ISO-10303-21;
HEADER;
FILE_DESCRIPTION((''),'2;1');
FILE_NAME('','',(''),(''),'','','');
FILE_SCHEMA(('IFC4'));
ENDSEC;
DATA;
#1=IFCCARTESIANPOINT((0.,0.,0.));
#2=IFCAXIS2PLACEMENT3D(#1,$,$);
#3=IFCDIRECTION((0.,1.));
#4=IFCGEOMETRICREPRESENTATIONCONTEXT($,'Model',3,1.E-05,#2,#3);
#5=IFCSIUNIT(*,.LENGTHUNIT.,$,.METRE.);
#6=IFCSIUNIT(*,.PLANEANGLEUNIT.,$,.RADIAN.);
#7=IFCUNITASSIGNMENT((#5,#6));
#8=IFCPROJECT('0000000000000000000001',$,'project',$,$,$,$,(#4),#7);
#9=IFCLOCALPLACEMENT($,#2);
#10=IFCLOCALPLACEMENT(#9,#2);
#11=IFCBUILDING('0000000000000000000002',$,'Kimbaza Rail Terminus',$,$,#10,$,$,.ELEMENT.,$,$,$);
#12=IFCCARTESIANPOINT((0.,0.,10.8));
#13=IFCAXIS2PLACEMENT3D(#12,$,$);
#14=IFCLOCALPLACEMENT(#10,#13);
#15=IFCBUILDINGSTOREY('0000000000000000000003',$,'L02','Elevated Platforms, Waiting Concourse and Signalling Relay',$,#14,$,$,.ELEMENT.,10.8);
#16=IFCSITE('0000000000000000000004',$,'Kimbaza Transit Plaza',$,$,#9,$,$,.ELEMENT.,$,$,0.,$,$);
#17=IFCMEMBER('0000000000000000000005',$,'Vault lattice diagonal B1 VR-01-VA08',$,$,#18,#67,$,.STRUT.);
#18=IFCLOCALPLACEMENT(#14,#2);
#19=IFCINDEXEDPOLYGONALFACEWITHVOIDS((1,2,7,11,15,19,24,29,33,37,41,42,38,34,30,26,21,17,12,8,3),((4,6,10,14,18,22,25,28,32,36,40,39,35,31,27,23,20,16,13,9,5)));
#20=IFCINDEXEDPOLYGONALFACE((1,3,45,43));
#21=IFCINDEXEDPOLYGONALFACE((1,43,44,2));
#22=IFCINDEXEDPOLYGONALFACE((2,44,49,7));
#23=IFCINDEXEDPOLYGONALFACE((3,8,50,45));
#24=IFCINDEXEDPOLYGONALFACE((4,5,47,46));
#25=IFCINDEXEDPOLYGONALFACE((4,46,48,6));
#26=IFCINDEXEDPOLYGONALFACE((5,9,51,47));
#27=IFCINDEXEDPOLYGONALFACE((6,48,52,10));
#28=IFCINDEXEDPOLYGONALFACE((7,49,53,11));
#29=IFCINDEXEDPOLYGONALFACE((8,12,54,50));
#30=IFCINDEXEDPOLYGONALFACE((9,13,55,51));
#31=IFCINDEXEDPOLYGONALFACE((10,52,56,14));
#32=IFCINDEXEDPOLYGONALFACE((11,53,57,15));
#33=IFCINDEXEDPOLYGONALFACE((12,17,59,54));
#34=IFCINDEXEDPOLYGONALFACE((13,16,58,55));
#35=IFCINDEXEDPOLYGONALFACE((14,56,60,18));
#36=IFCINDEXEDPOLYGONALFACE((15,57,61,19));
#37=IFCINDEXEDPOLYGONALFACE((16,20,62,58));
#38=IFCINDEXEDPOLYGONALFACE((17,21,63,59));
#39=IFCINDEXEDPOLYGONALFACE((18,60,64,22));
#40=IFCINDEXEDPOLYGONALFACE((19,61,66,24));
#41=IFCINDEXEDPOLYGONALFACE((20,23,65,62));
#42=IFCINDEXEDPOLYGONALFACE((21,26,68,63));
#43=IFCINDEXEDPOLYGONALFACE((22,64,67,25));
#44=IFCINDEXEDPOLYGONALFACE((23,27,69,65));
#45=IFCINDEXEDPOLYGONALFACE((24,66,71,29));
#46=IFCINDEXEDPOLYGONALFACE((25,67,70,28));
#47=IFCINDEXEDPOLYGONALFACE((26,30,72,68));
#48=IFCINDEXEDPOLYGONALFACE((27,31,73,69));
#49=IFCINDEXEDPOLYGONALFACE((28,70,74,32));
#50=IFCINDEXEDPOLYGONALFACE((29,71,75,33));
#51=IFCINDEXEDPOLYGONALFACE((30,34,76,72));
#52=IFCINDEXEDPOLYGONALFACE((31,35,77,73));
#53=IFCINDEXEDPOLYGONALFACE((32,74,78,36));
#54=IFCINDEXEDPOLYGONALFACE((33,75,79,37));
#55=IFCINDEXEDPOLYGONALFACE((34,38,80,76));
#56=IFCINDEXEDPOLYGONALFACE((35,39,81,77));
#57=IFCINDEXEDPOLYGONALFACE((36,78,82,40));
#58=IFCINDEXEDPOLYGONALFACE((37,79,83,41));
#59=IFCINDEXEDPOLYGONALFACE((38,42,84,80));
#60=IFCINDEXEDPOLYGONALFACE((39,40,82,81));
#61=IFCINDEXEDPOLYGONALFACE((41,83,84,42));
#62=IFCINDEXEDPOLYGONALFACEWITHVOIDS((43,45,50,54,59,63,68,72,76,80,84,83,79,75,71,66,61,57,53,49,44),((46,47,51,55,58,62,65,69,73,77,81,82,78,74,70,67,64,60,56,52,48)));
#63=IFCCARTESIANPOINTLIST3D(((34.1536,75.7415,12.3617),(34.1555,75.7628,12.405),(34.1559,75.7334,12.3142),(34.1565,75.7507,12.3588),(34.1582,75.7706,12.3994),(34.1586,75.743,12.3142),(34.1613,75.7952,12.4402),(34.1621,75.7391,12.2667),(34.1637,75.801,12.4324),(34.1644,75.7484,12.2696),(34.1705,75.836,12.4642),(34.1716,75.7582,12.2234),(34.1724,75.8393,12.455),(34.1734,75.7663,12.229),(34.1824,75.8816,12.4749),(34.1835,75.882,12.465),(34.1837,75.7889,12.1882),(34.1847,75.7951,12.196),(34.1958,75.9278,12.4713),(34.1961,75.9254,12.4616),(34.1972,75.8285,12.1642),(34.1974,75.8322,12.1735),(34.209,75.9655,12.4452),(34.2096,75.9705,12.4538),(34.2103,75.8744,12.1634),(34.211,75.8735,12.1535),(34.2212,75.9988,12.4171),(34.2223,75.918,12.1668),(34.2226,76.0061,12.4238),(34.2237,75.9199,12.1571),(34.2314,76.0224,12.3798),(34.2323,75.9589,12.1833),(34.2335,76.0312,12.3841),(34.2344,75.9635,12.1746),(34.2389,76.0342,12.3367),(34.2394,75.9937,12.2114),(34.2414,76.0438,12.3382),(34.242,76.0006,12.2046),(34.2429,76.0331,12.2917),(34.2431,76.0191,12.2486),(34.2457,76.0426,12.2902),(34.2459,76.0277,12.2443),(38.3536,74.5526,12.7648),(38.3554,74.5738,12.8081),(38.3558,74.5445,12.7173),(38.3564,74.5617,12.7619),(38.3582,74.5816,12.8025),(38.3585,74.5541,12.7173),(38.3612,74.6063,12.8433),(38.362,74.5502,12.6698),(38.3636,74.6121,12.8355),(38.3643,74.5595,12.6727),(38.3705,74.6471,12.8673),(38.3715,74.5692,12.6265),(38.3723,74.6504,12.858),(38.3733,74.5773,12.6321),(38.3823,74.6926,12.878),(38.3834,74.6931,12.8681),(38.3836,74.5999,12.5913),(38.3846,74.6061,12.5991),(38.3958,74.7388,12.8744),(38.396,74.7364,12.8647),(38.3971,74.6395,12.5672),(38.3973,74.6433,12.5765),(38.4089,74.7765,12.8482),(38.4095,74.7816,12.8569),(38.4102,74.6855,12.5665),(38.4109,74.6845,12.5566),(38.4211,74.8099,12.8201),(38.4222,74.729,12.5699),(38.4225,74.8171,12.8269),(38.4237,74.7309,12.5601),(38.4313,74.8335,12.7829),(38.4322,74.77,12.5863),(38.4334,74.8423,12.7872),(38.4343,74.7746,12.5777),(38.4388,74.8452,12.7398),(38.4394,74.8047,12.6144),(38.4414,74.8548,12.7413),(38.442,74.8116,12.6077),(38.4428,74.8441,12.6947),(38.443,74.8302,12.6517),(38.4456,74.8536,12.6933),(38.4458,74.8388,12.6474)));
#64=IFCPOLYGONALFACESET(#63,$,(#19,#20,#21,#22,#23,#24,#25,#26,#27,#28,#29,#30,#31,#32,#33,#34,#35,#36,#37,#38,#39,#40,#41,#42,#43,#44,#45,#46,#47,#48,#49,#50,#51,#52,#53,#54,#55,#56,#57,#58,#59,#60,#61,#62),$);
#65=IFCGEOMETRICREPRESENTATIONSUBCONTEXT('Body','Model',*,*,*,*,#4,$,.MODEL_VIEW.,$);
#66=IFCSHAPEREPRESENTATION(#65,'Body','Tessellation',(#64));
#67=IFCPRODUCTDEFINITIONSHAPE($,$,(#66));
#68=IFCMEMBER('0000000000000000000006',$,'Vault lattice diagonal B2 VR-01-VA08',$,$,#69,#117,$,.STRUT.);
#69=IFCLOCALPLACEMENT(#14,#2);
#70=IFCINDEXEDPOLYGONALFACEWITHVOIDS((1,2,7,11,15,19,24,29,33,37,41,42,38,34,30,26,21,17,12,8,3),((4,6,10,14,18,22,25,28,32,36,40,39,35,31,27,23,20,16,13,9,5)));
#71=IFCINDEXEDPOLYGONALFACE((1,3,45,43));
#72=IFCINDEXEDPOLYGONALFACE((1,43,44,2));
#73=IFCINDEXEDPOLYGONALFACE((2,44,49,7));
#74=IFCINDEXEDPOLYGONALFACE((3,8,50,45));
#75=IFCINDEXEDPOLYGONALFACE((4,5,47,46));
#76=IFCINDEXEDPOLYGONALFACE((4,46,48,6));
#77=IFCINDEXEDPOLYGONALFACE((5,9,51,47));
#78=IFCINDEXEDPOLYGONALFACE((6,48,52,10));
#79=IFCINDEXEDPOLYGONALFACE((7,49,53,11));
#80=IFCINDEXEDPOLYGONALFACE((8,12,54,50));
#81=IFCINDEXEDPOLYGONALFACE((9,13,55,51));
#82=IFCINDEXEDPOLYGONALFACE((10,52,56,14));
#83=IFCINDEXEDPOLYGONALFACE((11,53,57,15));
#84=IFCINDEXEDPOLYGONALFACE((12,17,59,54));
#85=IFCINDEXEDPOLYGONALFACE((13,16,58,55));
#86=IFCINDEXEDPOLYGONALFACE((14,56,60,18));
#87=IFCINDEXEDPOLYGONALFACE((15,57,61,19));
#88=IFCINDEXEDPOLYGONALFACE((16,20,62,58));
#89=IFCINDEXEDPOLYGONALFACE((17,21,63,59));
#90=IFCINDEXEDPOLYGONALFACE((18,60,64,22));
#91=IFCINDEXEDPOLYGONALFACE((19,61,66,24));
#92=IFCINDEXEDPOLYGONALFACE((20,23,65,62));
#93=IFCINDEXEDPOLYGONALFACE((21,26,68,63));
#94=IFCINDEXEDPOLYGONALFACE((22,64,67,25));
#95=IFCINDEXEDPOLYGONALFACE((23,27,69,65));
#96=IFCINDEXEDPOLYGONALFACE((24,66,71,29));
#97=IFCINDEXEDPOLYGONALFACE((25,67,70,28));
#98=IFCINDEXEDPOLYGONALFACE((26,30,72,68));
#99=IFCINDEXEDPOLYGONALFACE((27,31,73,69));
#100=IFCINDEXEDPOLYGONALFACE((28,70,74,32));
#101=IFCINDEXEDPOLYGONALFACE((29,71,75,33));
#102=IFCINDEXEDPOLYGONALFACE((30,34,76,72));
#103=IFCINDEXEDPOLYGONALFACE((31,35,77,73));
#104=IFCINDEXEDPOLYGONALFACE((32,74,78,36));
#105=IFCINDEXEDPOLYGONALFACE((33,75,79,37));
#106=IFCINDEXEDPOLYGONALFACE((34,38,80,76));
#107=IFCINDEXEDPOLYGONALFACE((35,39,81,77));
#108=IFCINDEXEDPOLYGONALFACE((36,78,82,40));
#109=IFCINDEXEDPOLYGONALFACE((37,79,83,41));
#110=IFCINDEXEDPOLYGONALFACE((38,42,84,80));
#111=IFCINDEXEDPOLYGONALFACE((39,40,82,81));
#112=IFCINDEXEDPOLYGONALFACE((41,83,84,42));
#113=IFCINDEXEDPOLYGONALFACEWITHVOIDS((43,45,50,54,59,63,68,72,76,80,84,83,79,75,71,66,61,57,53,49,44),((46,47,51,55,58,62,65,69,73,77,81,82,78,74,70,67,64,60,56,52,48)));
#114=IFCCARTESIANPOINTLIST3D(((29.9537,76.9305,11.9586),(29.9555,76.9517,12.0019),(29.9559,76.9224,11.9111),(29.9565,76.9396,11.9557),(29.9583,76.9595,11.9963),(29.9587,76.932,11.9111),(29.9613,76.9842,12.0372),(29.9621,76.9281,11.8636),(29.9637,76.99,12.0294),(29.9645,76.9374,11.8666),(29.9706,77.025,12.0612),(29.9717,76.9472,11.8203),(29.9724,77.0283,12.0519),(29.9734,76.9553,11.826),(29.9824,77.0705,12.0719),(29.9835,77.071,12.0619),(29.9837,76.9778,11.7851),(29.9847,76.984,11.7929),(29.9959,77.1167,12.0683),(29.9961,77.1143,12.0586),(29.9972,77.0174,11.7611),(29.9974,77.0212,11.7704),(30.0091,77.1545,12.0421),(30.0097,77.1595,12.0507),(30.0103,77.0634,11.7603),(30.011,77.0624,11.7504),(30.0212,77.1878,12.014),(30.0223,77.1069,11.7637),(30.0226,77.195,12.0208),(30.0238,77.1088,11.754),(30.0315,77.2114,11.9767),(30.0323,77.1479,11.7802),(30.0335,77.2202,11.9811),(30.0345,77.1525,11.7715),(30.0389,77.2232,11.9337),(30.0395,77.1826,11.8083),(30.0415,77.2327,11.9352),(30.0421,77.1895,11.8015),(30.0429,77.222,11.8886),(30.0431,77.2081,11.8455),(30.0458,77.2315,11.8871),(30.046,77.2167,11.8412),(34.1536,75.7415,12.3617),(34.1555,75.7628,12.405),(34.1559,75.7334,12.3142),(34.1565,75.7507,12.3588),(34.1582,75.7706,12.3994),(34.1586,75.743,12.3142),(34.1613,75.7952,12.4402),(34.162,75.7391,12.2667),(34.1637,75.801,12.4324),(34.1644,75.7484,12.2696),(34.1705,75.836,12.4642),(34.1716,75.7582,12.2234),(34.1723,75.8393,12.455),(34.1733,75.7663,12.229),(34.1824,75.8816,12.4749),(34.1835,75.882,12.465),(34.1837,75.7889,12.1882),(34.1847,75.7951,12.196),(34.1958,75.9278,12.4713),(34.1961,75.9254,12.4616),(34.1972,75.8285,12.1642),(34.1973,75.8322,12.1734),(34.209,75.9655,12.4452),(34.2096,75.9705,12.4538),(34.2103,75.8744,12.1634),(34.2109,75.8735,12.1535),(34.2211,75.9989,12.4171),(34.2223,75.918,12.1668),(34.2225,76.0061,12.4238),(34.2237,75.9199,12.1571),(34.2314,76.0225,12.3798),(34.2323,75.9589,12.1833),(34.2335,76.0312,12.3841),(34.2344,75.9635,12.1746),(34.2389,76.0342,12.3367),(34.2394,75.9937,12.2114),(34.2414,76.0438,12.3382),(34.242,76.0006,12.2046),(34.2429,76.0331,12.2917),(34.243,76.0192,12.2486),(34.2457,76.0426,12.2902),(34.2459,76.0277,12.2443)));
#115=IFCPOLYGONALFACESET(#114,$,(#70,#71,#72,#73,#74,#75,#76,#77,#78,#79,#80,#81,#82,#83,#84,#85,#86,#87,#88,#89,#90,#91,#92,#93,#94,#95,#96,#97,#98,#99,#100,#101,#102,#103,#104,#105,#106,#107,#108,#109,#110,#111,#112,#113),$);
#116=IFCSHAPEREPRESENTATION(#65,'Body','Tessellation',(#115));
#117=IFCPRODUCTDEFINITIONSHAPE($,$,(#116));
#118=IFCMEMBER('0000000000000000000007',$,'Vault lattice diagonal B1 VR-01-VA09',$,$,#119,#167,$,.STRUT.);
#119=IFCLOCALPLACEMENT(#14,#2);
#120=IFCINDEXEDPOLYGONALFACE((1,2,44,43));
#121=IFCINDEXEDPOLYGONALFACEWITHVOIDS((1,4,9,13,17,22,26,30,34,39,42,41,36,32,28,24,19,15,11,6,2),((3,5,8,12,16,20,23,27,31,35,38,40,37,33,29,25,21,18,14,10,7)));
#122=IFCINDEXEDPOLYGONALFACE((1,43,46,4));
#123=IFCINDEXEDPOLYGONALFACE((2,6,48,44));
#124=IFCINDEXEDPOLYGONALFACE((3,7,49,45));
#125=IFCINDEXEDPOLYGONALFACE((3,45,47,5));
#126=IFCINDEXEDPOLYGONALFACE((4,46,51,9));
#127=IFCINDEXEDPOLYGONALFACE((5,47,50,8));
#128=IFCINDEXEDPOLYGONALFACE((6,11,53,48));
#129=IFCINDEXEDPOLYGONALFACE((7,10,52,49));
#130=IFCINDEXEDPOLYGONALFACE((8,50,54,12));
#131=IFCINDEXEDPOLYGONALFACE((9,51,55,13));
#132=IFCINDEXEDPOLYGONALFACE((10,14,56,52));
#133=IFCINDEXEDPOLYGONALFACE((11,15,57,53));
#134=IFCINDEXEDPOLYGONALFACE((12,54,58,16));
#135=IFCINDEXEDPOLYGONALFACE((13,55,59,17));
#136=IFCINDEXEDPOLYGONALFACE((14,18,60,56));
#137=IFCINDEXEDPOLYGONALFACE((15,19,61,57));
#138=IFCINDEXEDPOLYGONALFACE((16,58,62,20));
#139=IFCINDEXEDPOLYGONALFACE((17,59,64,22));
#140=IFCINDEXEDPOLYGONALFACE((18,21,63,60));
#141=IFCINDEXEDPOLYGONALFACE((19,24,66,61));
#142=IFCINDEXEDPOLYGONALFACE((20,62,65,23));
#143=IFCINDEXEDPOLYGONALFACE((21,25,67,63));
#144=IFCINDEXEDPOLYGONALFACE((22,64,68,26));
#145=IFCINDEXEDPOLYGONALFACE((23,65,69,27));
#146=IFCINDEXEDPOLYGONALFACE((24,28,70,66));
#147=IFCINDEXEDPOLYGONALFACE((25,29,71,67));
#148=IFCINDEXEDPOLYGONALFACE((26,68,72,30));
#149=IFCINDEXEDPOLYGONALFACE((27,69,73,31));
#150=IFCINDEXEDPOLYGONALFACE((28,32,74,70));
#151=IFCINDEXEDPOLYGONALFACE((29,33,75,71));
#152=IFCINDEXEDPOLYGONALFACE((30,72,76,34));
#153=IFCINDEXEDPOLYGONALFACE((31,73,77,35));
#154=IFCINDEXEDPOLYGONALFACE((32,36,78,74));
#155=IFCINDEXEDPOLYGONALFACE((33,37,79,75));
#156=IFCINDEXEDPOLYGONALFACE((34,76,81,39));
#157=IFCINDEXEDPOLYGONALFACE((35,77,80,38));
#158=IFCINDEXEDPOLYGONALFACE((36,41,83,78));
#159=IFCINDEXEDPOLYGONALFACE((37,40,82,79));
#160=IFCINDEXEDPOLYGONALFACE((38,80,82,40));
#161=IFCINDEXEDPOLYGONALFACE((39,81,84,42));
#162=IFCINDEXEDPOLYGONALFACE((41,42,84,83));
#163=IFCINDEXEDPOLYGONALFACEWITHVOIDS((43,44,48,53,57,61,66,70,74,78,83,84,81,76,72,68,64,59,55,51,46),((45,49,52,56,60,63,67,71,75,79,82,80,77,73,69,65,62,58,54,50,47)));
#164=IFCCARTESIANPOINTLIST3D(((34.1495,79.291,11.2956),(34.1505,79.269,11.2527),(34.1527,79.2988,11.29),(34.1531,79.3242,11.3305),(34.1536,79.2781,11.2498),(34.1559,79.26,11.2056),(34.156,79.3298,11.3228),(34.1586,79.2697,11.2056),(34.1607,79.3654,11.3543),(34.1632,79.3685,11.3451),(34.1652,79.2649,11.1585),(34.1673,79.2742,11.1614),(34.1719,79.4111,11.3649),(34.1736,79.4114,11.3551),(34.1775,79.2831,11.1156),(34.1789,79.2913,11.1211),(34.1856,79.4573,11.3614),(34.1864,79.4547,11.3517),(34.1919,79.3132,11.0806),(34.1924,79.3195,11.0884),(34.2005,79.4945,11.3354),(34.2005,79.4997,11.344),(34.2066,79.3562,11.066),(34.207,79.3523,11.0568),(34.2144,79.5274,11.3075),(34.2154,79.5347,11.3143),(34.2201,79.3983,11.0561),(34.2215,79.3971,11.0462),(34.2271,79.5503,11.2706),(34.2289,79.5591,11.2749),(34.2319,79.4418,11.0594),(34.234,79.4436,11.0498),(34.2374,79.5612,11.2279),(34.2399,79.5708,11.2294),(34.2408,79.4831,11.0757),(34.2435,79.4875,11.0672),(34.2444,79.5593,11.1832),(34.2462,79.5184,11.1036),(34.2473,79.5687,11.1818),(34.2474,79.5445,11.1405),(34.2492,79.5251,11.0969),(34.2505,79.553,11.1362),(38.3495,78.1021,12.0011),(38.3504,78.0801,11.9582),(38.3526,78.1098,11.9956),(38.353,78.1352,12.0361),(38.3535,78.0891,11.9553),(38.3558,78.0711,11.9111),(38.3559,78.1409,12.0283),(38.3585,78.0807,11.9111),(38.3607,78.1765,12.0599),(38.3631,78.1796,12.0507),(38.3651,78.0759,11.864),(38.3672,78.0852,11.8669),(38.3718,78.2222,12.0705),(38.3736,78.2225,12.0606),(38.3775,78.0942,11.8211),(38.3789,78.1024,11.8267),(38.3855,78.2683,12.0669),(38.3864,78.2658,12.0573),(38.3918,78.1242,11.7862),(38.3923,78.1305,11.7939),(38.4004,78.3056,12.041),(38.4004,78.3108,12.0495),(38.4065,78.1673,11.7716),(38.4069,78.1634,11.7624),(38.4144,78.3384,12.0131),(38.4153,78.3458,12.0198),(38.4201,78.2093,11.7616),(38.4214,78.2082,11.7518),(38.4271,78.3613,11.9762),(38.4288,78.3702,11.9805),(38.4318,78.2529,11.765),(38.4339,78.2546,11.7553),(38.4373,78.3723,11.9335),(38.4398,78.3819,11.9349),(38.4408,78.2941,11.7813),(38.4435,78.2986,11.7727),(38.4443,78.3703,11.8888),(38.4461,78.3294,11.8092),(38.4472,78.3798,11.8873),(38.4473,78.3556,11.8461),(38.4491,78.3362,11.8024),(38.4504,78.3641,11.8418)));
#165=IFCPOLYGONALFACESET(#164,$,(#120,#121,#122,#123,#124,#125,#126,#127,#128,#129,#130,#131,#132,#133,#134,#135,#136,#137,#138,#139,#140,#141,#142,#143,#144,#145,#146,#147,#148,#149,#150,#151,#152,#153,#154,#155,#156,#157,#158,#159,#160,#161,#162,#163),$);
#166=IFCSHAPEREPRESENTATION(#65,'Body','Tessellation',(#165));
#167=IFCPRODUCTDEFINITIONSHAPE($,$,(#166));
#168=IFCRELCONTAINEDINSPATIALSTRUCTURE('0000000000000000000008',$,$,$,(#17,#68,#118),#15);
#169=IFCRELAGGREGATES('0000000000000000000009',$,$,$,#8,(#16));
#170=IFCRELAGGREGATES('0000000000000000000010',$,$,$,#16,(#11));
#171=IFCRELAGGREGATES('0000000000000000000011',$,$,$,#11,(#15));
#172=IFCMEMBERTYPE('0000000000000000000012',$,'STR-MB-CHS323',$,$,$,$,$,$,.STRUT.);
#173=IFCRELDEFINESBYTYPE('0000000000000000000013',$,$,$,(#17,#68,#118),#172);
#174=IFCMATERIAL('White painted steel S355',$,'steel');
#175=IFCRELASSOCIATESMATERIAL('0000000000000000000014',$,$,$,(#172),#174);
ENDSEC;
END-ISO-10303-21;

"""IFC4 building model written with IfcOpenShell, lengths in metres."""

from ifc_helpers import new_model, si_unit, direction, frame, origin, origin_2d, place, context, subcontext, project, spatial, hollow_circle, extrude, material, material_profile, profile_set, type_object, element, save


model = new_model("IFC4")

# Units and contexts
model_context = context("Model", 3, precision=1e-05, world=origin(), true_north=direction((0.0, 1.0)))
body_context = subcontext(model_context, "Body", "Model", "MODEL_VIEW")
ifc_project = project(units=[si_unit("LENGTHUNIT", "METRE"), si_unit("PLANEANGLEUNIT", "RADIAN")], contexts=[model_context])

# Site, building, storey
site_placement = place(None, origin())
site = spatial("IfcSite", under=ifc_project, at=site_placement, Name="Kimbaza Transit Plaza", CompositionType="ELEMENT", RefElevation=0.0)
building_placement = place(site_placement, origin())
building = spatial("IfcBuilding", under=site, at=building_placement, Name="Kimbaza Rail Terminus", CompositionType="ELEMENT")
storey_placement = place(building_placement, frame((0.0, 0.0, 10.8)))
storey = spatial("IfcBuildingStorey", under=building, at=storey_placement, Name="L02", Description="Elevated Platforms, Waiting Concourse and Signalling Relay", CompositionType="ELEMENT", Elevation=10.8)

# Members
ifc_material_1 = material(Name="White painted steel S355", Category="steel")
ifc_material_profile_1 = material_profile(ifc_material_1, hollow_circle(Radius=0.1619, WallThickness=0.01, at=origin_2d()), Name="CHS 323.9x10")
ifc_profile_set_1 = profile_set([ifc_material_profile_1], Name="White painted steel S355")
member_type_1 = type_object("IfcMemberType", Name="STR-MB-CHS323", PredefinedType="STRUT", material=ifc_profile_set_1)
for number, where, z_axis, x_axis, name in (
    (1, (38.3999, 74.7002, 12.7173), (-0.958112, 0.271232, -0.091952), (-0.272386, -0.962188, 0.0), "Vault lattice diagonal B1 VR-01-VA08"),
    (2, (34.2, 75.8892, 12.3142), (-0.958112, 0.271232, -0.091952), (-0.272386, -0.962188, 0.0), "Vault lattice diagonal B2 VR-01-VA08"),
):
    element("IfcMember", number, at=place(storey_placement, frame(where, z_axis=z_axis, x_axis=x_axis)), inside=storey, type_object=member_type_1, Name=name, PredefinedType="STRUT", context=body_context, shape_type="SweptSolid", body=[
        extrude(hollow_circle(Radius=0.1619, WallThickness=0.01, at=origin_2d()), origin(), (0.0, 0.0, 1.0), 4.3835),
    ])
for number, where, z_axis, x_axis, name in (
    (3, (38.3999, 78.2268, 11.9111), (-0.949859, 0.268896, -0.159571), (-0.272386, -0.962188, 0.0), "Vault lattice diagonal B1 VR-01-VA09"),
):
    element("IfcMember", number, at=place(storey_placement, frame(where, z_axis=z_axis, x_axis=x_axis)), inside=storey, type_object=member_type_1, Name=name, PredefinedType="STRUT", context=body_context, shape_type="SweptSolid", body=[
        extrude(hollow_circle(Radius=0.1619, WallThickness=0.01, at=origin_2d()), origin(), (0.0, 0.0, 1.0), 4.4216),
    ])

save(model, "model.ifc")
